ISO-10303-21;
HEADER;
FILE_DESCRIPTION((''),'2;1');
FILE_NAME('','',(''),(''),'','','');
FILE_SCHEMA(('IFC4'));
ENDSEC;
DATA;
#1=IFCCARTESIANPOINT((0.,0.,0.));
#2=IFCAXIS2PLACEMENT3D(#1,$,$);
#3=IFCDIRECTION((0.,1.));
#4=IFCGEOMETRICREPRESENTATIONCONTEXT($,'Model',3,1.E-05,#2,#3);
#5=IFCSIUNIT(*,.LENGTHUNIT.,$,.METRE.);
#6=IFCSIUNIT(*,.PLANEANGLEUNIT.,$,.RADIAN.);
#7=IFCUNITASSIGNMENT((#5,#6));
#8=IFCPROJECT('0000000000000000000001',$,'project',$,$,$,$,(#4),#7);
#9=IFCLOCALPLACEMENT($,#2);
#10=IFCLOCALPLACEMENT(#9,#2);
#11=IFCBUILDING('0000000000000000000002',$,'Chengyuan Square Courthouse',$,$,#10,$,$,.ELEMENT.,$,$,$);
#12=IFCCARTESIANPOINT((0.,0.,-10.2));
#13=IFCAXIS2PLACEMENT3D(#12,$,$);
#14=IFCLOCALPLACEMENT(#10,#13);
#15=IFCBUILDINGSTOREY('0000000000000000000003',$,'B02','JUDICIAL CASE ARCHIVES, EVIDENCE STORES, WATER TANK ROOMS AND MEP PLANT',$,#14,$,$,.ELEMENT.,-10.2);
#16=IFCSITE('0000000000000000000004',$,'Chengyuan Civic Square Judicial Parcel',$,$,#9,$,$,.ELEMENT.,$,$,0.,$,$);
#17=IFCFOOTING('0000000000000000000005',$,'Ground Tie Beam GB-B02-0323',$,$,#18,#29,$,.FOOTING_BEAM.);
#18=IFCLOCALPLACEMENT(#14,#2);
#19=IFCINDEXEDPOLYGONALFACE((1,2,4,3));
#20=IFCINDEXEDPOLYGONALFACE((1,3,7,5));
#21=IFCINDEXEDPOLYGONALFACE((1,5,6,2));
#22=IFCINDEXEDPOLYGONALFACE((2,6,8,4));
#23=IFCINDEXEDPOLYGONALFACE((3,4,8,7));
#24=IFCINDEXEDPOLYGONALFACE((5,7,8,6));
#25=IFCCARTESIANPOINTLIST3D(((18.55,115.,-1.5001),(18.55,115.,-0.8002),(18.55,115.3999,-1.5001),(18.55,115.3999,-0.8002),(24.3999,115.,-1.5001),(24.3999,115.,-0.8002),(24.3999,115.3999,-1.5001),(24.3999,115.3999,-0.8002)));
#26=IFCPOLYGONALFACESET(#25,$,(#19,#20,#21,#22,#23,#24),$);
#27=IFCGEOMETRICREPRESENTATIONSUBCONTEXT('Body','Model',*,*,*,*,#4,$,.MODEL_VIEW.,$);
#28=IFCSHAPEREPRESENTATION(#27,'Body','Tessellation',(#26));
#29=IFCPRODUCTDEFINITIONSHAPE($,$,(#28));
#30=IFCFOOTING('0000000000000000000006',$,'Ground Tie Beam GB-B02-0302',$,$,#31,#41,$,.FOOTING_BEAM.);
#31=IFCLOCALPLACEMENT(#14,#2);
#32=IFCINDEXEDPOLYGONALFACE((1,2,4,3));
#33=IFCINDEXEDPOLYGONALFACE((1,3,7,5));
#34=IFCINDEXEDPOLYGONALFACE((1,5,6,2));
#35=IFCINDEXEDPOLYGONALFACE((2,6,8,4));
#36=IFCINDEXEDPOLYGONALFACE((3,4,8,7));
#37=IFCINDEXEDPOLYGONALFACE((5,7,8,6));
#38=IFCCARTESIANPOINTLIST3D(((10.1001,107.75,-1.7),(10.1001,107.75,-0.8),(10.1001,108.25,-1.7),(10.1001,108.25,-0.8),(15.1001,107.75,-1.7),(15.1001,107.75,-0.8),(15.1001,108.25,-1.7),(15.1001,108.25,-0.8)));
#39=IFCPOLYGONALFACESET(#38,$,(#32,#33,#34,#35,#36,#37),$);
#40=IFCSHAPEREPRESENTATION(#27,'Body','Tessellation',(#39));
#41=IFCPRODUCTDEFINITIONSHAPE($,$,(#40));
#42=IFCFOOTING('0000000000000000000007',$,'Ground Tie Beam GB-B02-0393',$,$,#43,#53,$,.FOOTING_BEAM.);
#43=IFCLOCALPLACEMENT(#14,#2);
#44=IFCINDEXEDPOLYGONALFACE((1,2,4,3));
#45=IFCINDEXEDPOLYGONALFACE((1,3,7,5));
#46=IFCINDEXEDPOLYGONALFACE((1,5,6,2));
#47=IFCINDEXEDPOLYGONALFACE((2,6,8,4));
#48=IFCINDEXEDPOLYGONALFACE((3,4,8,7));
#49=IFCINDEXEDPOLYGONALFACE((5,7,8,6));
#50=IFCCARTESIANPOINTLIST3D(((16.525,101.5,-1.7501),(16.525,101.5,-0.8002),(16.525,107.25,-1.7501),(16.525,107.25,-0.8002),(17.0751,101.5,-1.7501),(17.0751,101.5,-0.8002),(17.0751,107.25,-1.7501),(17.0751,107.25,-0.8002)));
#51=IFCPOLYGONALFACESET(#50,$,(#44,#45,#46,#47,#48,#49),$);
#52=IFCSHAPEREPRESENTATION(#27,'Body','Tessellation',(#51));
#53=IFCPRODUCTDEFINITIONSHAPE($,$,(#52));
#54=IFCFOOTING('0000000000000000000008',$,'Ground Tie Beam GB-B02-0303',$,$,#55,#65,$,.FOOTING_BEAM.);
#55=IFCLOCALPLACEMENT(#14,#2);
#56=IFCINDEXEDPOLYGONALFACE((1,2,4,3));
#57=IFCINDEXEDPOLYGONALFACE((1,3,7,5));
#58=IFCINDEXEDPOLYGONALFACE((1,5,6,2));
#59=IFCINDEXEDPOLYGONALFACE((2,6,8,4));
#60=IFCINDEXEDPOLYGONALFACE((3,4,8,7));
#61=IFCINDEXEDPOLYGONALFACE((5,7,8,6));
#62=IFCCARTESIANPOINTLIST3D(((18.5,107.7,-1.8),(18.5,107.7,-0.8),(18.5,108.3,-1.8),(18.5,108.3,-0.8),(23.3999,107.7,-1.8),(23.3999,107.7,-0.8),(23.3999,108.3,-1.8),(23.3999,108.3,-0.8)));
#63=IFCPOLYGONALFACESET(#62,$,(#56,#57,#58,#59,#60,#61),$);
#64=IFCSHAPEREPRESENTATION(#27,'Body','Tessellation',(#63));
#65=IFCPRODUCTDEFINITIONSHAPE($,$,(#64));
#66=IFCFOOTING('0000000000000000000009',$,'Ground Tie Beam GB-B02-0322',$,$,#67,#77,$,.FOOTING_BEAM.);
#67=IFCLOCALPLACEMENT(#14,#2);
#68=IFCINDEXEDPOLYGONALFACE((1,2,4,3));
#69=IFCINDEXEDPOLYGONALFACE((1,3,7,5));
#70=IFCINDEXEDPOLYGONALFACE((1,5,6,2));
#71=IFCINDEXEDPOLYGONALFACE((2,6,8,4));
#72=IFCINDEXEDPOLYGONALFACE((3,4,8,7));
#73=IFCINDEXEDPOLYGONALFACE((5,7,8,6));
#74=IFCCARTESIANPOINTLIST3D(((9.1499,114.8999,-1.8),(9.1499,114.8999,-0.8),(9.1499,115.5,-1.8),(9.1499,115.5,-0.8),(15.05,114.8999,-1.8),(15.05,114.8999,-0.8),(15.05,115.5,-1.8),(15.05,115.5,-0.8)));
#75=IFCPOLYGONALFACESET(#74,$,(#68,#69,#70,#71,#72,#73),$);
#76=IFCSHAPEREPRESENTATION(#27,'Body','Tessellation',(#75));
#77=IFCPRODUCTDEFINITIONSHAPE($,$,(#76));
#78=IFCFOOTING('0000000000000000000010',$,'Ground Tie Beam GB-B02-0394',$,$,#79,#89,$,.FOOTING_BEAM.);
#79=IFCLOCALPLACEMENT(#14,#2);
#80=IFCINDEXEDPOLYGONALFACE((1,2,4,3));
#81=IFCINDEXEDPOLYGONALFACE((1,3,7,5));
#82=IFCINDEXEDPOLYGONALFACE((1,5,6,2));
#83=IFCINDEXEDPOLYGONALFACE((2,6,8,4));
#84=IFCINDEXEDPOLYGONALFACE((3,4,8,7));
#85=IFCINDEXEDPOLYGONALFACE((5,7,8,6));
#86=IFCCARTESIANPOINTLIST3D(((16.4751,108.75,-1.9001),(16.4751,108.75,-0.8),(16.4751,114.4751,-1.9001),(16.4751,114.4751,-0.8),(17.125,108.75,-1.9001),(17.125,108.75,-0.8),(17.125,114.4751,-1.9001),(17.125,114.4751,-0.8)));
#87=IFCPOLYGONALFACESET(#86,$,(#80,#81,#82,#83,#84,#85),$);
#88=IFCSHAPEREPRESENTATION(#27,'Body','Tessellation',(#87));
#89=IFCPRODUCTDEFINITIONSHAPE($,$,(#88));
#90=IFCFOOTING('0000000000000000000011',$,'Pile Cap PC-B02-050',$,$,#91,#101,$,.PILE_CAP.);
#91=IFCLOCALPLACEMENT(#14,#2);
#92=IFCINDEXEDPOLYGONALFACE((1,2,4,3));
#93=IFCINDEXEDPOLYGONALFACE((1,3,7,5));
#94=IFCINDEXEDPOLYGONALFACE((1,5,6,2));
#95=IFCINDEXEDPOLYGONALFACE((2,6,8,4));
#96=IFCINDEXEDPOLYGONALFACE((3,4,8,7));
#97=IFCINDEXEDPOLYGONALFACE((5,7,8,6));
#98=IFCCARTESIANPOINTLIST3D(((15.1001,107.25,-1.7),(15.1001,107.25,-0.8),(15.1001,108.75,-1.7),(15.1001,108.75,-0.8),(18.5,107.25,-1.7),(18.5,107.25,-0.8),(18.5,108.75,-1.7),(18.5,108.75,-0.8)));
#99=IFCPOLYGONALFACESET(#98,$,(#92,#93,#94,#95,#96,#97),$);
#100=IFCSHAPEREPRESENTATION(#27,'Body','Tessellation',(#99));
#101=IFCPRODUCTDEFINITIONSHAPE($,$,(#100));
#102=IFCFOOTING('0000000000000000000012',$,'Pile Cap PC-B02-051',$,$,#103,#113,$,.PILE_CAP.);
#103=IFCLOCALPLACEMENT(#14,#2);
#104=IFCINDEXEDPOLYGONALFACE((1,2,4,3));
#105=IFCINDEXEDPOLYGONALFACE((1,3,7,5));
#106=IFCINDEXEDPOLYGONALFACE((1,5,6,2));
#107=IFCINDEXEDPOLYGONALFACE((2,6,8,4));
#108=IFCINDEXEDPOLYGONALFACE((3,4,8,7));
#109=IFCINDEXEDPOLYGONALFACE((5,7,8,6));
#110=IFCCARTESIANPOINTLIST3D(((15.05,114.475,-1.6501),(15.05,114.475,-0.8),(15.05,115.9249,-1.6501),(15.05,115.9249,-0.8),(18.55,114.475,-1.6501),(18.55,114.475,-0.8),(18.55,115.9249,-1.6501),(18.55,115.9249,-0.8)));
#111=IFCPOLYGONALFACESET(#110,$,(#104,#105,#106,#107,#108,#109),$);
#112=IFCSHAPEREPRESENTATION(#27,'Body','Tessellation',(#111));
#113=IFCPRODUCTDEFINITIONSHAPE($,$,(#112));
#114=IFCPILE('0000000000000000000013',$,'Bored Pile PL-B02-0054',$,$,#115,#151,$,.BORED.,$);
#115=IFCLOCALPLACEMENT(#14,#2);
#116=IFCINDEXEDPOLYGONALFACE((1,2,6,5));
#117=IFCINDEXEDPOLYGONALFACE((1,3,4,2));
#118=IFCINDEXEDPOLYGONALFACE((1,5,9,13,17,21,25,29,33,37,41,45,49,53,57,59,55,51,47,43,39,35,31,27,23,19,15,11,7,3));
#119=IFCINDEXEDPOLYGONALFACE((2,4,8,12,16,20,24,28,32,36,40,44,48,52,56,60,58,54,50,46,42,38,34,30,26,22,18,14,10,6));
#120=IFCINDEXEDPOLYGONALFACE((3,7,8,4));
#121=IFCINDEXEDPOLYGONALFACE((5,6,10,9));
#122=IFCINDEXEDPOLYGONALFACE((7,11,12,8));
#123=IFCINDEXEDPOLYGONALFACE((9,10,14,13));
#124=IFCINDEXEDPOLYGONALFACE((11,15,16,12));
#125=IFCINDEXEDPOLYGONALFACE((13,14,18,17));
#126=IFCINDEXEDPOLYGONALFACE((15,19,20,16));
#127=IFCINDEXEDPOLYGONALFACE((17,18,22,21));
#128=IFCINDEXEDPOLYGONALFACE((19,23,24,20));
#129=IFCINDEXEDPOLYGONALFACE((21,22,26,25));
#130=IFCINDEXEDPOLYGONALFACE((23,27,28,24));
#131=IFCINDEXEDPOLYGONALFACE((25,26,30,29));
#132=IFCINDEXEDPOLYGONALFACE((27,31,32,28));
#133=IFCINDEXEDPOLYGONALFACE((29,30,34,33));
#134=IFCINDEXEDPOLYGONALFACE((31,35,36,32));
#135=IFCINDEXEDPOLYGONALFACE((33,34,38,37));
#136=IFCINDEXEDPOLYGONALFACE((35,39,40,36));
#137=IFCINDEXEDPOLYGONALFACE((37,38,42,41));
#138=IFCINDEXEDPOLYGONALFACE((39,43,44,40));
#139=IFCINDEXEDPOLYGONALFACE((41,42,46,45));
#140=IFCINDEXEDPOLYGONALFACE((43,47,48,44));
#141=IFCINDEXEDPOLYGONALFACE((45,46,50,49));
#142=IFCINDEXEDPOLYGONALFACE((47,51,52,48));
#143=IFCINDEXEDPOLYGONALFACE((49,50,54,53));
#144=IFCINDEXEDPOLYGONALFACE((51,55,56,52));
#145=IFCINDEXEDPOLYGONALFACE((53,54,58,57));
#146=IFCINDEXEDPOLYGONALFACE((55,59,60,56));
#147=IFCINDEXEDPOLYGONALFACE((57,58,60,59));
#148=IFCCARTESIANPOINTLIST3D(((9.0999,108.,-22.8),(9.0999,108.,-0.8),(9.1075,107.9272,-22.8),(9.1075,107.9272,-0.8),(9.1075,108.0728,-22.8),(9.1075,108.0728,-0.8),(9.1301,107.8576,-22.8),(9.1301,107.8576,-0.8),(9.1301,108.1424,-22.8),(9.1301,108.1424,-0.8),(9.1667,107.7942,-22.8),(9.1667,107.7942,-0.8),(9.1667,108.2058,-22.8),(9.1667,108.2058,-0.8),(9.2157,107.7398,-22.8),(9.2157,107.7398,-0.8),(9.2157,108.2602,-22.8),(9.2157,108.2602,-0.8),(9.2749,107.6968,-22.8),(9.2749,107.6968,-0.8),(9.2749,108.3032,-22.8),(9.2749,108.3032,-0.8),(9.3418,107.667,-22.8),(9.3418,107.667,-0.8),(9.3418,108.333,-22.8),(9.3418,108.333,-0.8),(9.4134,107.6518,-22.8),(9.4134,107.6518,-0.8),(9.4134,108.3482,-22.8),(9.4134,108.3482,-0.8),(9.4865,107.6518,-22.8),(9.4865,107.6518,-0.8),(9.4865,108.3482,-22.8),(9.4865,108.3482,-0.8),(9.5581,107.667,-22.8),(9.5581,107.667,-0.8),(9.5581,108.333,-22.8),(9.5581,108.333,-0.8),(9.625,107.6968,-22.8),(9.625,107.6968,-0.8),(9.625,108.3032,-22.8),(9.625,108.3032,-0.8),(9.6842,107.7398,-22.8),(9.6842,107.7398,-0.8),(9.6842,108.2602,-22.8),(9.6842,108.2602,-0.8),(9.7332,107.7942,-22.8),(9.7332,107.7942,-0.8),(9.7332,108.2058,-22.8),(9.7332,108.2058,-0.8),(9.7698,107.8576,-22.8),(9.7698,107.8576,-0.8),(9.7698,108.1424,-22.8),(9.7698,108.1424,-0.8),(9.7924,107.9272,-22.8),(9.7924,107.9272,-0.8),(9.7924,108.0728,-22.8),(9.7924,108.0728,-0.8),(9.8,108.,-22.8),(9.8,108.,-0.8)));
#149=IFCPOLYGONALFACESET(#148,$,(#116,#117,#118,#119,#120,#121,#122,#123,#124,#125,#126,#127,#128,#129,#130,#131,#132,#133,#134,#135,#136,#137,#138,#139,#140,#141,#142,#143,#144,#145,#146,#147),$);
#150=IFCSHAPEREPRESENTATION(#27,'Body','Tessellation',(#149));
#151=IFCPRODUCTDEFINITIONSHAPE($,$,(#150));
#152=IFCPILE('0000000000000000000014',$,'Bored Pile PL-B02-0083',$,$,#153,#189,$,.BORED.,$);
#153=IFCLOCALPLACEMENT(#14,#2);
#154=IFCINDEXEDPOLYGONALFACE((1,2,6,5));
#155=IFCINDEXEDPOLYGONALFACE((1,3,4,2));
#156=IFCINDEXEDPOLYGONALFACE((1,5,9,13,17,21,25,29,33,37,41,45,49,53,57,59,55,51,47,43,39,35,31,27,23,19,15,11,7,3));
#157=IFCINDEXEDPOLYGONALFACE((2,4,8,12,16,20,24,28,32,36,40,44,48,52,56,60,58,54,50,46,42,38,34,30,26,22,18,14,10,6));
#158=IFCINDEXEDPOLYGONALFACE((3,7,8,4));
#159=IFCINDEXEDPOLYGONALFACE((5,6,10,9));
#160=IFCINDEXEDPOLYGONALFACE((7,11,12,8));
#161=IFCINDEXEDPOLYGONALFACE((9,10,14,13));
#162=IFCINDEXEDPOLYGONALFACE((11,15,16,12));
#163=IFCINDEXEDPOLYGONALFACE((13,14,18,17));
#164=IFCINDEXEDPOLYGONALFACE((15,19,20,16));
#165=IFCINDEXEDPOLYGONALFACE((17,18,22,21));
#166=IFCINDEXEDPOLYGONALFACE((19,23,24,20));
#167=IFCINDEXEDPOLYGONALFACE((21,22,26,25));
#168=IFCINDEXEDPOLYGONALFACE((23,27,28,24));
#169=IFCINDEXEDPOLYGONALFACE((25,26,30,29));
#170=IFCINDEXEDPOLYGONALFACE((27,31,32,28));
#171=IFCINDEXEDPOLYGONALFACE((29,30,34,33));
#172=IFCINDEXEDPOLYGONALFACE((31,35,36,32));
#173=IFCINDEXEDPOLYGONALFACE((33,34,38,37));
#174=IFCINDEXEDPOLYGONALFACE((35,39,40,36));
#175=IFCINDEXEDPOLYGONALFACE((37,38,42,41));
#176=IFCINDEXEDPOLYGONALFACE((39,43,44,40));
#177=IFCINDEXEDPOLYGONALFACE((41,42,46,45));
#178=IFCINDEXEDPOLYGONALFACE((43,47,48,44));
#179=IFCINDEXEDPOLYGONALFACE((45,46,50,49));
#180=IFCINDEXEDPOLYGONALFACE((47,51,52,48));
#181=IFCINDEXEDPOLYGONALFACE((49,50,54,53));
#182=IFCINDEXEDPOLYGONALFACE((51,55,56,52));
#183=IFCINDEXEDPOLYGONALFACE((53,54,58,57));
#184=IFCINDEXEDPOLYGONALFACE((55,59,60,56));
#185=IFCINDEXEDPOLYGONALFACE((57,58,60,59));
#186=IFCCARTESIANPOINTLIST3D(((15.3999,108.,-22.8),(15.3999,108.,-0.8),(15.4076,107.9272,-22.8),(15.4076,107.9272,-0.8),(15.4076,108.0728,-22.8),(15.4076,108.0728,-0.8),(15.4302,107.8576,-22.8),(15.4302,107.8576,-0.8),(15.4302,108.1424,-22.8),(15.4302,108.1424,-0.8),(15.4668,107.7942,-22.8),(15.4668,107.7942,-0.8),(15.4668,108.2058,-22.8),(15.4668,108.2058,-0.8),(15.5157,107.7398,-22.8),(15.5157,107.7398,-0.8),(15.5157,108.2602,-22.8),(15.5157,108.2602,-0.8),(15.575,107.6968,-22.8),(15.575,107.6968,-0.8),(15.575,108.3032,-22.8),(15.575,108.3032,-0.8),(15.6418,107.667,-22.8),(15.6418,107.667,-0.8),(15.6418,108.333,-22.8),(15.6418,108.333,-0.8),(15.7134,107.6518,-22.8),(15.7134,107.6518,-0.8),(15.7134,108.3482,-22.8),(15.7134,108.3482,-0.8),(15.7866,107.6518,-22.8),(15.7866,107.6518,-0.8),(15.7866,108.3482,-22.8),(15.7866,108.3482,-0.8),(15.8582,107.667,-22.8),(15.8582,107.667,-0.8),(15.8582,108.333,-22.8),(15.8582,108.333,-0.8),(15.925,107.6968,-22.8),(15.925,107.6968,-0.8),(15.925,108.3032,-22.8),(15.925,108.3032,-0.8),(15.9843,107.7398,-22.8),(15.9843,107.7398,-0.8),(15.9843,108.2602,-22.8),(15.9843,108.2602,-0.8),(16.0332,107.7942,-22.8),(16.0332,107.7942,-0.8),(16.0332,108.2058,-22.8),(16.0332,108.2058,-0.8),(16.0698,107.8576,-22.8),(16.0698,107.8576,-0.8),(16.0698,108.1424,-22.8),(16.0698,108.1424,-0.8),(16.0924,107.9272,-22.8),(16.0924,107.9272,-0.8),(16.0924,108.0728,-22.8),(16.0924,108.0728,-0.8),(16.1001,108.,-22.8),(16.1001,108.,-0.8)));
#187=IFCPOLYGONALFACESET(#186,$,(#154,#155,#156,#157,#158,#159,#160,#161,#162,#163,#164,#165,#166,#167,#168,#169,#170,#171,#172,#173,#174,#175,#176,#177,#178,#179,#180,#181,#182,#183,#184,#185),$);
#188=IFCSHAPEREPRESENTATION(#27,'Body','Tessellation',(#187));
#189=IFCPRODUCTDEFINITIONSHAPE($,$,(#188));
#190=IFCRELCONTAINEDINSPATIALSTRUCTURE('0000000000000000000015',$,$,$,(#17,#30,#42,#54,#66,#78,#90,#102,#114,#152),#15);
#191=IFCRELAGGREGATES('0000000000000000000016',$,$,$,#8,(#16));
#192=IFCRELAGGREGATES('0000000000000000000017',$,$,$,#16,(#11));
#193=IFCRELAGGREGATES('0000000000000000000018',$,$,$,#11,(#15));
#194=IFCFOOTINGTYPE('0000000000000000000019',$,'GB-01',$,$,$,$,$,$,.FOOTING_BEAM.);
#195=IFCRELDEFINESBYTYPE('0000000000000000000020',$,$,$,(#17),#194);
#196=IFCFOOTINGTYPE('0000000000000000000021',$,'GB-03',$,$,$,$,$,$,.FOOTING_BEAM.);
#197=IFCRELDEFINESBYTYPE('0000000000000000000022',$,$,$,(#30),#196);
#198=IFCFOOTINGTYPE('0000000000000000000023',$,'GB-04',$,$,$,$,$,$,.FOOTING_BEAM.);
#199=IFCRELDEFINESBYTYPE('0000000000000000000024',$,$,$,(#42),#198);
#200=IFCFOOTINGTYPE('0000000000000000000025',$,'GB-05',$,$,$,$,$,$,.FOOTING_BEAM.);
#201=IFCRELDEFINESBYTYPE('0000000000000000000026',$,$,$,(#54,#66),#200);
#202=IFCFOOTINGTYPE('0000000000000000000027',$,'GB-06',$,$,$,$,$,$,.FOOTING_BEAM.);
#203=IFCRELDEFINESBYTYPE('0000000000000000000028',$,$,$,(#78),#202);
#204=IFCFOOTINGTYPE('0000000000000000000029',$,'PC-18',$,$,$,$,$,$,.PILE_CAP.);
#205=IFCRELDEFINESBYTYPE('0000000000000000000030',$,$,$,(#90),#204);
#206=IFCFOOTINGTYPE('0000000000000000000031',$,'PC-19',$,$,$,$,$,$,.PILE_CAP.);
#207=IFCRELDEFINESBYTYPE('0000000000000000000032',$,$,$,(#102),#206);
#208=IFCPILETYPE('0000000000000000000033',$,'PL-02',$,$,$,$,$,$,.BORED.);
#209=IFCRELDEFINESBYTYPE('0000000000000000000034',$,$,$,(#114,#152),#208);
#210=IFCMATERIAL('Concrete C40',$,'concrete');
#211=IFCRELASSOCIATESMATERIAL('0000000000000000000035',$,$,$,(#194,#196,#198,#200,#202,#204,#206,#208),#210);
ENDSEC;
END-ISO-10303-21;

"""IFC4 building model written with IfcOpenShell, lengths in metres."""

from ifc_helpers import new_model, si_unit, direction, frame, origin, origin_2d, place, context, subcontext, project, spatial, rectangle, circle, extrude, material, material_profile, profile_set, type_object, element, save


model = new_model("IFC4")

# Units and contexts
model_context = context("Model", 3, precision=1e-05, world=origin(), true_north=direction((0.0, 1.0)))
body_context = subcontext(model_context, "Body", "Model", "MODEL_VIEW")
ifc_project = project(units=[si_unit("LENGTHUNIT", "METRE"), si_unit("PLANEANGLEUNIT", "RADIAN")], contexts=[model_context])

# Site, building, storey
site_placement = place(None, origin())
site = spatial("IfcSite", under=ifc_project, at=site_placement, Name="Chengyuan Civic Square Judicial Parcel", CompositionType="ELEMENT", RefElevation=0.0)
building_placement = place(site_placement, origin())
building = spatial("IfcBuilding", under=site, at=building_placement, Name="Chengyuan Square Courthouse", CompositionType="ELEMENT")
storey_placement = place(building_placement, frame((0.0, 0.0, -10.2)))
storey = spatial("IfcBuildingStorey", under=building, at=storey_placement, Name="B02", Description="JUDICIAL CASE ARCHIVES, EVIDENCE STORES, WATER TANK ROOMS AND MEP PLANT", CompositionType="ELEMENT", Elevation=-10.2)

# Footings
ifc_material_1 = material(Name="Concrete C40", Category="concrete")
ifc_material_profile_1 = material_profile(ifc_material_1, rectangle(XDim=0.3999, YDim=0.7, at=origin_2d()), Name="GB-400x700")
ifc_profile_set_1 = profile_set([ifc_material_profile_1], Name="Concrete C40")
footing_type_1 = type_object("IfcFootingType", Name="GB-01", PredefinedType="FOOTING_BEAM", material=ifc_profile_set_1)
footing_1_placement = place(storey_placement, frame((18.55, 115.2, -1.1501), z_axis=(1.0, 0.0, 0.0), x_axis=(0.0, 1.0, 0.0)))
element("IfcFooting", 1, at=footing_1_placement, inside=storey, type_object=footing_type_1, Name="Ground Tie Beam GB-B02-0323", PredefinedType="FOOTING_BEAM", context=body_context, shape_type="SweptSolid", body=[
    extrude(rectangle(XDim=0.3999, YDim=0.7, at=origin_2d()), origin(), (0.0, 0.0, 1.0), 5.8499),
])
ifc_material_profile_2 = material_profile(ifc_material_1, rectangle(XDim=0.5, YDim=0.8999, at=origin_2d()), Name="GB-500x900")
ifc_profile_set_2 = profile_set([ifc_material_profile_2], Name="Concrete C40")
footing_type_2 = type_object("IfcFootingType", Name="GB-03", PredefinedType="FOOTING_BEAM", material=ifc_profile_set_2)
footing_2_placement = place(storey_placement, frame((10.1001, 108.0, -1.25), z_axis=(1.0, 0.0, 0.0), x_axis=(0.0, 1.0, 0.0)))
element("IfcFooting", 2, at=footing_2_placement, inside=storey, type_object=footing_type_2, Name="Ground Tie Beam GB-B02-0302", PredefinedType="FOOTING_BEAM", context=body_context, shape_type="SweptSolid", body=[
    extrude(rectangle(XDim=0.5, YDim=0.8999, at=origin_2d()), origin(), (0.0, 0.0, 1.0), 5.0),
])
ifc_material_profile_3 = material_profile(ifc_material_1, rectangle(XDim=0.55, YDim=0.95, at=origin_2d()), Name="GB-550x950")
ifc_profile_set_3 = profile_set([ifc_material_profile_3], Name="Concrete C40")
footing_type_3 = type_object("IfcFootingType", Name="GB-04", PredefinedType="FOOTING_BEAM", material=ifc_profile_set_3)
footing_3_placement = place(storey_placement, frame((16.8, 101.5, -1.2751), z_axis=(0.0, 1.0, 0.0), x_axis=(-1.0, 0.0, 0.0)))
element("IfcFooting", 3, at=footing_3_placement, inside=storey, type_object=footing_type_3, Name="Ground Tie Beam GB-B02-0393", PredefinedType="FOOTING_BEAM", context=body_context, shape_type="SweptSolid", body=[
    extrude(rectangle(XDim=0.55, YDim=0.95, at=origin_2d()), origin(), (0.0, 0.0, 1.0), 5.75),
])
ifc_material_profile_4 = material_profile(ifc_material_1, rectangle(XDim=0.6001, YDim=1.0, at=origin_2d()), Name="GB-600x1000")
ifc_profile_set_4 = profile_set([ifc_material_profile_4], Name="Concrete C40")
footing_type_4 = type_object("IfcFootingType", Name="GB-05", PredefinedType="FOOTING_BEAM", material=ifc_profile_set_4)
footing_4_placement = place(storey_placement, frame((18.5, 108.0, -1.3), z_axis=(1.0, 0.0, 0.0), x_axis=(0.0, 1.0, 0.0)))
element("IfcFooting", 4, at=footing_4_placement, inside=storey, type_object=footing_type_4, Name="Ground Tie Beam GB-B02-0303", PredefinedType="FOOTING_BEAM", context=body_context, shape_type="SweptSolid", body=[
    extrude(rectangle(XDim=0.6001, YDim=1.0, at=origin_2d()), origin(), (0.0, 0.0, 1.0), 4.8999),
])
footing_5_placement = place(storey_placement, frame((9.1499, 115.2, -1.3), z_axis=(1.0, 0.0, 0.0), x_axis=(0.0, 1.0, 0.0)))
element("IfcFooting", 5, at=footing_5_placement, inside=storey, type_object=footing_type_4, Name="Ground Tie Beam GB-B02-0322", PredefinedType="FOOTING_BEAM", context=body_context, shape_type="SweptSolid", body=[
    extrude(rectangle(XDim=0.6001, YDim=1.0, at=origin_2d()), origin(), (0.0, 0.0, 1.0), 5.9001),
])
ifc_material_profile_5 = material_profile(ifc_material_1, rectangle(XDim=0.6499, YDim=1.1001, at=origin_2d()), Name="GB-650x1100")
ifc_profile_set_5 = profile_set([ifc_material_profile_5], Name="Concrete C40")
footing_type_5 = type_object("IfcFootingType", Name="GB-06", PredefinedType="FOOTING_BEAM", material=ifc_profile_set_5)
footing_6_placement = place(storey_placement, frame((16.8, 108.75, -1.3501), z_axis=(0.0, 1.0, 0.0), x_axis=(-1.0, 0.0, 0.0)))
element("IfcFooting", 6, at=footing_6_placement, inside=storey, type_object=footing_type_5, Name="Ground Tie Beam GB-B02-0394", PredefinedType="FOOTING_BEAM", context=body_context, shape_type="SweptSolid", body=[
    extrude(rectangle(XDim=0.6499, YDim=1.1001, at=origin_2d()), origin(), (0.0, 0.0, 1.0), 5.7251),
])
footing_type_6 = type_object("IfcFootingType", Name="PC-18", PredefinedType="PILE_CAP", material=ifc_material_1)
footing_7_placement = place(storey_placement, frame((16.8, 108.0, -1.7), z_axis=(0.0, 0.0, 1.0), x_axis=(1.0, 0.0, 0.0)))
element("IfcFooting", 7, at=footing_7_placement, inside=storey, type_object=footing_type_6, Name="Pile Cap PC-B02-050", PredefinedType="PILE_CAP", context=body_context, shape_type="SweptSolid", body=[
    extrude(rectangle(XDim=3.3999, YDim=1.5, at=origin_2d()), origin(), (0.0, 0.0, 1.0), 0.8999),
])
footing_type_7 = type_object("IfcFootingType", Name="PC-19", PredefinedType="PILE_CAP", material=ifc_material_1)
footing_8_placement = place(storey_placement, frame((16.8, 115.2, -1.6501), z_axis=(0.0, 0.0, 1.0), x_axis=(1.0, 0.0, 0.0)))
element("IfcFooting", 8, at=footing_8_placement, inside=storey, type_object=footing_type_7, Name="Pile Cap PC-B02-051", PredefinedType="PILE_CAP", context=body_context, shape_type="SweptSolid", body=[
    extrude(rectangle(XDim=3.5, YDim=1.45, at=origin_2d()), origin(), (0.0, 0.0, 1.0), 0.8501),
])

# Piles
ifc_material_profile_6 = material_profile(ifc_material_1, circle(Radius=0.3501, at=origin_2d()), Name="BORED PILE D700")
ifc_profile_set_6 = profile_set([ifc_material_profile_6], Name="Concrete C40")
pile_type_1 = type_object("IfcPileType", Name="PL-02", PredefinedType="BORED", material=ifc_profile_set_6)
for number, where, z_axis, x_axis, name in (
    (9, (9.45, 108.0, -0.8), (0.0, 0.0, -1.0), (1.0, 0.0, 0.0), "Bored Pile PL-B02-0054"),
    (10, (15.75, 108.0, -0.8), (0.0, 0.0, -1.0), (1.0, 0.0, 0.0), "Bored Pile PL-B02-0083"),
):
    element("IfcPile", number, at=place(storey_placement, frame(where, z_axis=z_axis, x_axis=x_axis)), inside=storey, type_object=pile_type_1, Name=name, PredefinedType="BORED", context=body_context, shape_type="SweptSolid", body=[
        extrude(circle(Radius=0.3501, at=origin_2d()), origin(), (0.0, 0.0, 1.0), 22.0),
    ])

save(model, "model.ifc")
